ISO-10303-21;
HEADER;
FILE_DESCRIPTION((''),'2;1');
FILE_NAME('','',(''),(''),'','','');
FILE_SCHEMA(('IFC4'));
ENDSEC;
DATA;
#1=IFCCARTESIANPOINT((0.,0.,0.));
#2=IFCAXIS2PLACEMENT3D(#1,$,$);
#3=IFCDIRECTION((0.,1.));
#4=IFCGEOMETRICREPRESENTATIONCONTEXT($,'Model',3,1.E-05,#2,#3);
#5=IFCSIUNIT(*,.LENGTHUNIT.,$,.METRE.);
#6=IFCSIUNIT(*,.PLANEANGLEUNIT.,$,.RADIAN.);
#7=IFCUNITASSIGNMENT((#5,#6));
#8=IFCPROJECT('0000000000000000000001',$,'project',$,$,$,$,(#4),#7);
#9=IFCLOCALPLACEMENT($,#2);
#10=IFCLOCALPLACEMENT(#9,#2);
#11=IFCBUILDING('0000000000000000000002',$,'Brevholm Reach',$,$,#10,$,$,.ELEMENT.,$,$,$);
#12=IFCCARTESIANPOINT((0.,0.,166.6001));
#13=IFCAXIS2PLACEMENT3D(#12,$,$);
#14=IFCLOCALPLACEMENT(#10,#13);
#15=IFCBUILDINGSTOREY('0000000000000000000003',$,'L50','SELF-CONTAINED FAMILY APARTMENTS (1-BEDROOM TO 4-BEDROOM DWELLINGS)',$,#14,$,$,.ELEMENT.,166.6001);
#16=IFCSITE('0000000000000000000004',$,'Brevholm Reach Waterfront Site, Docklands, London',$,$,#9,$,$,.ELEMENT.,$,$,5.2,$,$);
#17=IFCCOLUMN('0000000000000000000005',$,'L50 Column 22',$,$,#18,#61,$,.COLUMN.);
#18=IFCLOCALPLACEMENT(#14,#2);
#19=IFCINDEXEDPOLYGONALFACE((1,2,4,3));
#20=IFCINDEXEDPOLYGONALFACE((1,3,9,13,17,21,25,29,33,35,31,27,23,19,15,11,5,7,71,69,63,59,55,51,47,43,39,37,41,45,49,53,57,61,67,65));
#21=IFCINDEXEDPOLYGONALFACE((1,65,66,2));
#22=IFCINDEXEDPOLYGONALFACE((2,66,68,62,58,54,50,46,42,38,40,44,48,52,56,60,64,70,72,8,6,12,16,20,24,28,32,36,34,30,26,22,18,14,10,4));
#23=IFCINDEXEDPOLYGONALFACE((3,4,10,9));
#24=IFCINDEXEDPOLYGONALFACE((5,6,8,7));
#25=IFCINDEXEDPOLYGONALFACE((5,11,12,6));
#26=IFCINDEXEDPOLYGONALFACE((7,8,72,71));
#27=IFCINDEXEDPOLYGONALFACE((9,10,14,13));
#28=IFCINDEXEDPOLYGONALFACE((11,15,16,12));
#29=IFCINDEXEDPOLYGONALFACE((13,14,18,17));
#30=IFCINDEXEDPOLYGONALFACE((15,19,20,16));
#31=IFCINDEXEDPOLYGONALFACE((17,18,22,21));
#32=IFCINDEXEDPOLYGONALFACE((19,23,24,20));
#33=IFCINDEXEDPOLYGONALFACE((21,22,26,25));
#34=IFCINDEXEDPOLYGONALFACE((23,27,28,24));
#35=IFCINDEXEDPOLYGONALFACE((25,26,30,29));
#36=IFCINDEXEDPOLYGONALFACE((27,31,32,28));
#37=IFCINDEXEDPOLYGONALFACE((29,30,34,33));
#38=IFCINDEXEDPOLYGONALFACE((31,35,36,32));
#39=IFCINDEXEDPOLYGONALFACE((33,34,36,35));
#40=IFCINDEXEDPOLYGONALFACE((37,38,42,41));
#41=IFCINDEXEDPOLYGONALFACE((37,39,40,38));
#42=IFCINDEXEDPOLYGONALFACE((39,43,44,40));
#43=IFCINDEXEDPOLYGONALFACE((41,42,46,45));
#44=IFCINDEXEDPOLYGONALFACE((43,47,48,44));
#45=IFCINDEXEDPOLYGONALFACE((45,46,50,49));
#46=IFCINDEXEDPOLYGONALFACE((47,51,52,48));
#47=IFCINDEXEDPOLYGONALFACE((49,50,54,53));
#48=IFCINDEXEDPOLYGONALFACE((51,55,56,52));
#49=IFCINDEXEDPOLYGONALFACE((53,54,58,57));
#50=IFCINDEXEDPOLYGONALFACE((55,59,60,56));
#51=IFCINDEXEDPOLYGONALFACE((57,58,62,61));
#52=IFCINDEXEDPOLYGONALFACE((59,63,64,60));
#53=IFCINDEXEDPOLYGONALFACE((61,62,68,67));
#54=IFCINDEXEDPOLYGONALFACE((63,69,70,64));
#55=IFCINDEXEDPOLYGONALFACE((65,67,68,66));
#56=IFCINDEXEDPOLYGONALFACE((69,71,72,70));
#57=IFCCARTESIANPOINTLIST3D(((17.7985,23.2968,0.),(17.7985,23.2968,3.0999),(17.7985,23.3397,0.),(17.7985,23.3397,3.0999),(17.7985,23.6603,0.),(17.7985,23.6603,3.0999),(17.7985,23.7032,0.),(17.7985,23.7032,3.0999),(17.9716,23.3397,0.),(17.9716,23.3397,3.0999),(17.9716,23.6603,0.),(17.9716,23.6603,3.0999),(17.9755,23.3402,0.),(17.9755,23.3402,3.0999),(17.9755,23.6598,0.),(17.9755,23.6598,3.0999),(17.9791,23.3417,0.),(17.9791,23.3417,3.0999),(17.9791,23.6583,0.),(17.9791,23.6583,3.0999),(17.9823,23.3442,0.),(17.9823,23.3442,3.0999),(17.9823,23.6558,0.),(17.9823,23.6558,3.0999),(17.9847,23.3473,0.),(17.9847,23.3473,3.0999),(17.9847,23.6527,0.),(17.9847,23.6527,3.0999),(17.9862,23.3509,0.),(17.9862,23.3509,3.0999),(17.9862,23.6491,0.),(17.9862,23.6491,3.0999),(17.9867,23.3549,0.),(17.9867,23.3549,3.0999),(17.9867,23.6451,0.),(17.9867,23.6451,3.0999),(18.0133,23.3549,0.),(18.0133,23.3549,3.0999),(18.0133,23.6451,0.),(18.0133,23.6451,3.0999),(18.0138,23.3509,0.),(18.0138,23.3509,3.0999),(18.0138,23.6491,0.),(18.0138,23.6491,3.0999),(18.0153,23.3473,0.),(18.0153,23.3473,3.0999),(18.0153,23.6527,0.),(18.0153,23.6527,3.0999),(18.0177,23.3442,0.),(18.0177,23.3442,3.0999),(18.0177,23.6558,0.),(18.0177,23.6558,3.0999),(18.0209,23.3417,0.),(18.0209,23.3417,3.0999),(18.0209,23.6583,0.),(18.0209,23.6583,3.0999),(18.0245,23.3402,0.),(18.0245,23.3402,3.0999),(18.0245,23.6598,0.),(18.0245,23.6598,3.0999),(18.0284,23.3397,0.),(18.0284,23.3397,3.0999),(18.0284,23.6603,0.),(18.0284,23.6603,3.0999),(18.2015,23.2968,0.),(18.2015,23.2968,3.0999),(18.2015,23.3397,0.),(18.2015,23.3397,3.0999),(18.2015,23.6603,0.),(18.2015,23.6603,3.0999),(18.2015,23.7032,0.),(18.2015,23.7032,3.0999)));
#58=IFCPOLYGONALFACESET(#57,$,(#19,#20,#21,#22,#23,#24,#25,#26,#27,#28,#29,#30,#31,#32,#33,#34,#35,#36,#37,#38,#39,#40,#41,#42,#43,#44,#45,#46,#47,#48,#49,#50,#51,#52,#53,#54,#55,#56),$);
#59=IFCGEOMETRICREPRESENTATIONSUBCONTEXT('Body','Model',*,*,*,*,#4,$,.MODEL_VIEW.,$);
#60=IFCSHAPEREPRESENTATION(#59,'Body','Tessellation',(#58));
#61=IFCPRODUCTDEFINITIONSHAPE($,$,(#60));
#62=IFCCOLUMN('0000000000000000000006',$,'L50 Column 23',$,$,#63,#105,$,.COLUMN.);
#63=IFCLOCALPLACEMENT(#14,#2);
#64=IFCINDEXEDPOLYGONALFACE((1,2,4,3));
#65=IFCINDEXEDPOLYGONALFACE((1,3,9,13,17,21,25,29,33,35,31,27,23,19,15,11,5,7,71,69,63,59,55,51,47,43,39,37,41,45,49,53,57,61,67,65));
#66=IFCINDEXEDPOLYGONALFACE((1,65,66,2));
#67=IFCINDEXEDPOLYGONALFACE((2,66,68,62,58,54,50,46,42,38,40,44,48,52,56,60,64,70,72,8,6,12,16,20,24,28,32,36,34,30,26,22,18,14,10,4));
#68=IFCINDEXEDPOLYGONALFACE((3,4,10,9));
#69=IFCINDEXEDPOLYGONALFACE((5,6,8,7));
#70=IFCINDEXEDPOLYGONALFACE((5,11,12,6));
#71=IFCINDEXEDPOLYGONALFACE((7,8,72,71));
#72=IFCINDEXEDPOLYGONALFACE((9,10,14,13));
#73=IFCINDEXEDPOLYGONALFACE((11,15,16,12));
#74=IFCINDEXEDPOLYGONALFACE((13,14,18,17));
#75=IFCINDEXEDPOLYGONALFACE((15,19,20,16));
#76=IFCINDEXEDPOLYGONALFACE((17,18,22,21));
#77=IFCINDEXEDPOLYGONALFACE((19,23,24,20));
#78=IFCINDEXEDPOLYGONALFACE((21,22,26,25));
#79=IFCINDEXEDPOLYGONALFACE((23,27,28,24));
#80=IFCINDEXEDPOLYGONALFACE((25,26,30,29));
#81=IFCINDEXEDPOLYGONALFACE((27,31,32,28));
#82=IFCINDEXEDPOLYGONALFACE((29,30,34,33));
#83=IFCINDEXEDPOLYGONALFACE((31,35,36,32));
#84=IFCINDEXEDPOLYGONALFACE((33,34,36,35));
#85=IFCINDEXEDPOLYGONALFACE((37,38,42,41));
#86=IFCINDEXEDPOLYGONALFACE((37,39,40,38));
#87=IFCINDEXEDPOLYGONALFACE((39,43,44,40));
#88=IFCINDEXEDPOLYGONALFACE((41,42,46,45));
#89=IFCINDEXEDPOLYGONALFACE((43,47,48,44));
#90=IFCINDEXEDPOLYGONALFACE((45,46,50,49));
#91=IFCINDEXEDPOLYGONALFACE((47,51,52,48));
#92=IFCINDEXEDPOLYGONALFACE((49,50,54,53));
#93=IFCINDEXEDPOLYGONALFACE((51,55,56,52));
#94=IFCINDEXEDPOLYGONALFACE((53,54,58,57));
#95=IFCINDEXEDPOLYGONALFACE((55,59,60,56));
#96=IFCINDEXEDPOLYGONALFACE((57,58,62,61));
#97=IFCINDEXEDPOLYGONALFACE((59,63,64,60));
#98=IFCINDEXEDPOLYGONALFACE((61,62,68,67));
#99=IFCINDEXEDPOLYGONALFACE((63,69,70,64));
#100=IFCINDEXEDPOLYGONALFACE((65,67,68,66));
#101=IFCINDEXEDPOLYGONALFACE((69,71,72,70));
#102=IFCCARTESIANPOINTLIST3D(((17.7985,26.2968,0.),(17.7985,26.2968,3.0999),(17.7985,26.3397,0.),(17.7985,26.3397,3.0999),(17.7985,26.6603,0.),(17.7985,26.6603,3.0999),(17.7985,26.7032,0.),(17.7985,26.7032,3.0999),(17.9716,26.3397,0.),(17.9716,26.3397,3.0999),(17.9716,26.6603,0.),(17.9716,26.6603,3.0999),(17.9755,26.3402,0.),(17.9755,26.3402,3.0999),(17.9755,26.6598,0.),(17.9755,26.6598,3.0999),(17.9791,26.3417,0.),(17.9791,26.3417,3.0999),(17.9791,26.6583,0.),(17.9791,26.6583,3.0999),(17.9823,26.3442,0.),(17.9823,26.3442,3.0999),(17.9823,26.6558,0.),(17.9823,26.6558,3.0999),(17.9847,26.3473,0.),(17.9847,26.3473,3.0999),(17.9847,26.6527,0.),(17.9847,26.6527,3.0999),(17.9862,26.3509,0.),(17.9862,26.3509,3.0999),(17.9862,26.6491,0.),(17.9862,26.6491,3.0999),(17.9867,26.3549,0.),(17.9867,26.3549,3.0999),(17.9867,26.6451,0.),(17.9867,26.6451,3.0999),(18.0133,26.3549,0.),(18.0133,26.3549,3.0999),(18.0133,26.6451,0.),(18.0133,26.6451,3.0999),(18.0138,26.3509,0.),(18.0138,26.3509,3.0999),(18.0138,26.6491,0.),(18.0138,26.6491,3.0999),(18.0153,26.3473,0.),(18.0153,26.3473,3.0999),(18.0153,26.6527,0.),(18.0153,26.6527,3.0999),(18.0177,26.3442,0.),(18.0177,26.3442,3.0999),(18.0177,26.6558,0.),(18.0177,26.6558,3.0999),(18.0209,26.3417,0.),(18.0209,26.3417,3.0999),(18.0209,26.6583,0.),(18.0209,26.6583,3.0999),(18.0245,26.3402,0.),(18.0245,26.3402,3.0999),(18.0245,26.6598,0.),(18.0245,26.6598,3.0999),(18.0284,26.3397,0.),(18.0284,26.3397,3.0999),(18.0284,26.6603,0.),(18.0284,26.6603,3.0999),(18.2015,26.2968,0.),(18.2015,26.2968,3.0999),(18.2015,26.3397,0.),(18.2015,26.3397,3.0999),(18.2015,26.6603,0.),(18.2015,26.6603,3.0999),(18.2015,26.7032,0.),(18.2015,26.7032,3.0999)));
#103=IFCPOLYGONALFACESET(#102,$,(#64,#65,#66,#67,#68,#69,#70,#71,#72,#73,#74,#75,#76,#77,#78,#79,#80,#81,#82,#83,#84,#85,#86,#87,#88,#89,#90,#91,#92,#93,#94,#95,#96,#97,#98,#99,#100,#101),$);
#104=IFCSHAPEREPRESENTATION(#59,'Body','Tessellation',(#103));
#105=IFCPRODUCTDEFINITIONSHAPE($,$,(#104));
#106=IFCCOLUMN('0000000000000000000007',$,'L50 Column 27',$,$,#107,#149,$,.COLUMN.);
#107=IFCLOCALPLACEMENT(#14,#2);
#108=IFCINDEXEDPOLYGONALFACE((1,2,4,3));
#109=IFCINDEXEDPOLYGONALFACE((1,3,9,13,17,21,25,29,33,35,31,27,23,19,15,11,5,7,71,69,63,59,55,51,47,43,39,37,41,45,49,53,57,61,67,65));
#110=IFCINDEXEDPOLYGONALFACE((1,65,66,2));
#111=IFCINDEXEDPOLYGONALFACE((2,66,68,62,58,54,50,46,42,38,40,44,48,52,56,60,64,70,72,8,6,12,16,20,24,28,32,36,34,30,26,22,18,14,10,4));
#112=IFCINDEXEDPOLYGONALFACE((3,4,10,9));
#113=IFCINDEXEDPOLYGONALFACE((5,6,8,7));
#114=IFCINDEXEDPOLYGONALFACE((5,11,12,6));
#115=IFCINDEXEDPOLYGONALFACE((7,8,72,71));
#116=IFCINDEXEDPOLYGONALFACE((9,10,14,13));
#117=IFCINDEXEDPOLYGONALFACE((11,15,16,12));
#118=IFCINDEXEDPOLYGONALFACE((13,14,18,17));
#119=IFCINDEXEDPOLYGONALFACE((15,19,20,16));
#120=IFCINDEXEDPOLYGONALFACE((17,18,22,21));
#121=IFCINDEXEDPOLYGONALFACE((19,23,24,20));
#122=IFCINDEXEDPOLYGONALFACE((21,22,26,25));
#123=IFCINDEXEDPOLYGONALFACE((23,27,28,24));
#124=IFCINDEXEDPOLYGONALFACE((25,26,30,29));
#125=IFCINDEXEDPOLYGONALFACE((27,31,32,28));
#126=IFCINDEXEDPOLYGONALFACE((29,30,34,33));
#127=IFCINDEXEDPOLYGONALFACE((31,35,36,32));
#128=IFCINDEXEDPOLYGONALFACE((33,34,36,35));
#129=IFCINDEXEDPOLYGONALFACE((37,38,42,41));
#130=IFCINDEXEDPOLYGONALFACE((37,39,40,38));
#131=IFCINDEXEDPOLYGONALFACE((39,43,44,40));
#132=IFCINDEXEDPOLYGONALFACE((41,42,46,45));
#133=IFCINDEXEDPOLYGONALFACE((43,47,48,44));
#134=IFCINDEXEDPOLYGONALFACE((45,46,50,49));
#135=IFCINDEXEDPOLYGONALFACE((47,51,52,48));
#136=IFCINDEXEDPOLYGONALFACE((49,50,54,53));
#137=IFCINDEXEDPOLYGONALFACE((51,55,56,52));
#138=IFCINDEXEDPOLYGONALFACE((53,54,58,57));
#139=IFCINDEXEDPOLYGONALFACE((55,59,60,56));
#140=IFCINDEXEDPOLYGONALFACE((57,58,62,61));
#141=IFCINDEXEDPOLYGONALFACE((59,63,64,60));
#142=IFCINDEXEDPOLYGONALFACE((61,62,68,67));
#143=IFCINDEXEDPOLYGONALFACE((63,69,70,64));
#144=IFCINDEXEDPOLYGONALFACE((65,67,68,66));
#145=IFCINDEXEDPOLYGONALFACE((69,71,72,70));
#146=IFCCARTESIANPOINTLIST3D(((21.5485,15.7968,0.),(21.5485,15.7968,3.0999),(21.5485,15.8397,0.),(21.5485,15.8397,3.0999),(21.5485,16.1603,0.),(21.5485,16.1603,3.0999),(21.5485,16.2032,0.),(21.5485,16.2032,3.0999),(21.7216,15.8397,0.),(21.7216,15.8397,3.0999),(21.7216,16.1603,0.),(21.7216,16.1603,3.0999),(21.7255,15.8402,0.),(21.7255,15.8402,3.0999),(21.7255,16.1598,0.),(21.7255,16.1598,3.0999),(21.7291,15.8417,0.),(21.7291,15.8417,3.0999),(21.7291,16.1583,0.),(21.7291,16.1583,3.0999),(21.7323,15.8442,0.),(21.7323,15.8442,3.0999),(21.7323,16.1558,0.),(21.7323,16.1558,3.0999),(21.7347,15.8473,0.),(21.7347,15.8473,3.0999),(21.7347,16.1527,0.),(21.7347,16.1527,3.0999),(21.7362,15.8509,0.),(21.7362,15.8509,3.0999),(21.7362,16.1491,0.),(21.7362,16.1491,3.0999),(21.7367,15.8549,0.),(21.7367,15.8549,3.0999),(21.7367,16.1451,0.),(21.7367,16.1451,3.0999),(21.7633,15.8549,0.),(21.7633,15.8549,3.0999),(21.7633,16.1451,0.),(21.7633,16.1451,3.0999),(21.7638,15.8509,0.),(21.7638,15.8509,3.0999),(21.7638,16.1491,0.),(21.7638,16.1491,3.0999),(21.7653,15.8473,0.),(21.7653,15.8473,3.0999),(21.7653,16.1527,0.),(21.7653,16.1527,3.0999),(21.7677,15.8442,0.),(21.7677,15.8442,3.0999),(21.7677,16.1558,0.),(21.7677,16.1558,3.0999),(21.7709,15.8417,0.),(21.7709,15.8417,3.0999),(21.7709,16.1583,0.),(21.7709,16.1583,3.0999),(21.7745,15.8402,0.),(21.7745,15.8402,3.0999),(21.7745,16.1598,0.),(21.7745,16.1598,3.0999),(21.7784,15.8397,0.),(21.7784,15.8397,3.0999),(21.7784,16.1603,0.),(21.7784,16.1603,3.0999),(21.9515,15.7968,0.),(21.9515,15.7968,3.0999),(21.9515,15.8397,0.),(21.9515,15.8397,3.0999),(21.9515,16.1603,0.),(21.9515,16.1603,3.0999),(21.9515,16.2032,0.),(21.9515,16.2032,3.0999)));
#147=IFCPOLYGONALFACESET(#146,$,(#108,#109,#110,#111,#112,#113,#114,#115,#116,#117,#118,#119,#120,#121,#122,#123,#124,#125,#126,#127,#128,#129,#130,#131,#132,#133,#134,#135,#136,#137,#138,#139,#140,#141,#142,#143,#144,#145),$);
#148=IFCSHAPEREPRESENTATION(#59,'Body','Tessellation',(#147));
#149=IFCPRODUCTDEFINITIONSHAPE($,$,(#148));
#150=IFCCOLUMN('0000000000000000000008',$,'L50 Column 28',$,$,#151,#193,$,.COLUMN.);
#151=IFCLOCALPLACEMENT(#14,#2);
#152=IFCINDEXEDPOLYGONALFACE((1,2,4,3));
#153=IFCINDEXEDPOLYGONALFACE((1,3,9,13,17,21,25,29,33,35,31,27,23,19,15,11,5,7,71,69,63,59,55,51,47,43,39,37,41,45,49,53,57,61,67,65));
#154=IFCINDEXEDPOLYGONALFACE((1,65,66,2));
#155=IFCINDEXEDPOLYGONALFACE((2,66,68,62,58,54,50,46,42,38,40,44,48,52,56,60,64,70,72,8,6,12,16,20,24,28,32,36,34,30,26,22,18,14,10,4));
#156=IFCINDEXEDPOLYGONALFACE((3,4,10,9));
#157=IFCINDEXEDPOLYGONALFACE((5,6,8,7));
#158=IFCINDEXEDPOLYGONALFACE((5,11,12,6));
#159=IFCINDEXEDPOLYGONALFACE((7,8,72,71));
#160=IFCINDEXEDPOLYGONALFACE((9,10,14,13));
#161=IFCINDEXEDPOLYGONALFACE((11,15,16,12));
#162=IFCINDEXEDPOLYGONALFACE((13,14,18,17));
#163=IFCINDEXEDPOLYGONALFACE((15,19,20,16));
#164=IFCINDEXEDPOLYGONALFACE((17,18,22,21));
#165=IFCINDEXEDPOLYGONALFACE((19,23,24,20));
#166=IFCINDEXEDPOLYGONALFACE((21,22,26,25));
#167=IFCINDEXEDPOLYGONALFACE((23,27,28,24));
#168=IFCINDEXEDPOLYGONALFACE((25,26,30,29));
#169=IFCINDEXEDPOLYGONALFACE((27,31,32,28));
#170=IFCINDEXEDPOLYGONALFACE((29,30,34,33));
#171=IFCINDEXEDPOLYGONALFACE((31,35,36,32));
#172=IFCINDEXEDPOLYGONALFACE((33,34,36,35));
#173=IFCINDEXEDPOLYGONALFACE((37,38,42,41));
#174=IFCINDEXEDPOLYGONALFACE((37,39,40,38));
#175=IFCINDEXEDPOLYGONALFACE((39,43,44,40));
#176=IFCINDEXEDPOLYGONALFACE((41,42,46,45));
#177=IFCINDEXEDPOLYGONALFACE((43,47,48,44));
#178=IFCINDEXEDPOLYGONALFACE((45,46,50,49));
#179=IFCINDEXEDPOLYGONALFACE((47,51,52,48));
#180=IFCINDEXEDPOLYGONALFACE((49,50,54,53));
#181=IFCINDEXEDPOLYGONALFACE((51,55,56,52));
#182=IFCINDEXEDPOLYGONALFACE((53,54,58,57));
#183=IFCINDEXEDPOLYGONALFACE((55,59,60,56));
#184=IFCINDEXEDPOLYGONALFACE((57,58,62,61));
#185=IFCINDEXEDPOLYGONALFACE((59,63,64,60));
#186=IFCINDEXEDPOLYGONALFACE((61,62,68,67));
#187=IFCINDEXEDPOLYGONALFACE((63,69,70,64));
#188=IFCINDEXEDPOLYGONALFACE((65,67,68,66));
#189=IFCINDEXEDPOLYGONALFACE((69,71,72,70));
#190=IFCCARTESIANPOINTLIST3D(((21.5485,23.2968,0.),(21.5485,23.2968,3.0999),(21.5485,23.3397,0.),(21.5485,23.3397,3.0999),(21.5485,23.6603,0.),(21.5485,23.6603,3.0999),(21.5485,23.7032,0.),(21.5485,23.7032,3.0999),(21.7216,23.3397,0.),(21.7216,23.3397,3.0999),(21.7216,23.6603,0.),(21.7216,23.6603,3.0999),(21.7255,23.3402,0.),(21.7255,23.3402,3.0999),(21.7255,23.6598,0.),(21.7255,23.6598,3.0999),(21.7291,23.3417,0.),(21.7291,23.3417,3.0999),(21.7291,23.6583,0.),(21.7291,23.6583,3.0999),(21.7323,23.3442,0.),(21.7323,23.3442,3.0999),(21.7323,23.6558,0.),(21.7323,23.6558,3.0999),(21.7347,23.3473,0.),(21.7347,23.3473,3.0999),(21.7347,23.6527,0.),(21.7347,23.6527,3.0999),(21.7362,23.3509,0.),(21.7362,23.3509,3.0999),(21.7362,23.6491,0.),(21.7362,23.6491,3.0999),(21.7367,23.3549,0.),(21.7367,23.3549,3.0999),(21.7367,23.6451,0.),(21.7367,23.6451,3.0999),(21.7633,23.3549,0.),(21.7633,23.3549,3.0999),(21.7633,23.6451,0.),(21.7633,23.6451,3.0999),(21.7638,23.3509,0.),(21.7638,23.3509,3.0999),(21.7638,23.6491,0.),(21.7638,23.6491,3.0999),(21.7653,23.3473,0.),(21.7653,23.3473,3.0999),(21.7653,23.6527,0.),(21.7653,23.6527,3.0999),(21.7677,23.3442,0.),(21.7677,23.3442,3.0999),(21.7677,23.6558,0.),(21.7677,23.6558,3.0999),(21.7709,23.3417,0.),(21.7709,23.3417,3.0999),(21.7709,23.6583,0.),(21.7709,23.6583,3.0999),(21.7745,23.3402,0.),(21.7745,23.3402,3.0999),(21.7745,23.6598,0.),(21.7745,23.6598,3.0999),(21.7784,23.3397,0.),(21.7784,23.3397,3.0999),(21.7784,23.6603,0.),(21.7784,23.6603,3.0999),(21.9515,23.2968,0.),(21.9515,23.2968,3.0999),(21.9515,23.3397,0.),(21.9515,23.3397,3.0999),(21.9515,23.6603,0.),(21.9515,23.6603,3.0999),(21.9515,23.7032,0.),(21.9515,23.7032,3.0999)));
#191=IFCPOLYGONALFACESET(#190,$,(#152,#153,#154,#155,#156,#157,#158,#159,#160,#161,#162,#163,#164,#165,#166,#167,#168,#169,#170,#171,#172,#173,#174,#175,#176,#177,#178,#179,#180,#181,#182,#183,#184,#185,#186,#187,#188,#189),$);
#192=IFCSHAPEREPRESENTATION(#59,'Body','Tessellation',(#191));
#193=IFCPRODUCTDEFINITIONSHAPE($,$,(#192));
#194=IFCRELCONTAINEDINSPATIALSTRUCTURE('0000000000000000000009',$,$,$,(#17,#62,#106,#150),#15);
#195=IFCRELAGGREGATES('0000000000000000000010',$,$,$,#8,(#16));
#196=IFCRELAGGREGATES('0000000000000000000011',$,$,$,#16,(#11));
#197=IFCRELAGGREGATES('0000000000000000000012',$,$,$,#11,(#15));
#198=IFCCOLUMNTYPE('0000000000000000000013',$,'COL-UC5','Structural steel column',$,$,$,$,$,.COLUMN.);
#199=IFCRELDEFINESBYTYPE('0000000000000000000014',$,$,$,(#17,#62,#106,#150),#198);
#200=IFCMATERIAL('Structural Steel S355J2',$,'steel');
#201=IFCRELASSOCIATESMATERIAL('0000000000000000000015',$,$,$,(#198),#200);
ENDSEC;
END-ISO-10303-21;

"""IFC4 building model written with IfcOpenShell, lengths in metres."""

from ifc_helpers import new_model, si_unit, direction, frame, origin, origin_2d, place, context, subcontext, project, spatial, i_section, extrude, material, material_profile, profile_set, type_object, element, save


model = new_model("IFC4")

# Units and contexts
model_context = context("Model", 3, precision=1e-05, world=origin(), true_north=direction((0.0, 1.0)))
body_context = subcontext(model_context, "Body", "Model", "MODEL_VIEW")
ifc_project = project(units=[si_unit("LENGTHUNIT", "METRE"), si_unit("PLANEANGLEUNIT", "RADIAN")], contexts=[model_context])

# Site, building, storey
site_placement = place(None, origin())
site = spatial("IfcSite", under=ifc_project, at=site_placement, Name="Brevholm Reach Waterfront Site, Docklands, London", CompositionType="ELEMENT", RefElevation=5.2)
building_placement = place(site_placement, origin())
building = spatial("IfcBuilding", under=site, at=building_placement, Name="Brevholm Reach", CompositionType="ELEMENT")
storey_placement = place(building_placement, frame((0.0, 0.0, 166.6001)))
storey = spatial("IfcBuildingStorey", under=building, at=storey_placement, Name="L50", Description="SELF-CONTAINED FAMILY APARTMENTS (1-BEDROOM TO 4-BEDROOM DWELLINGS)", CompositionType="ELEMENT", Elevation=166.6001)

# Columns
ifc_material_1 = material(Name="Structural Steel S355J2", Category="steel")
ifc_material_profile_1 = material_profile(ifc_material_1, i_section(OverallWidth=0.4031, OverallDepth=0.4065, WebThickness=0.0266, FlangeThickness=0.043, FilletRadius=0.0151, at=origin_2d()), Name="UKC 356x406x340")
ifc_profile_set_1 = profile_set([ifc_material_profile_1], Name="Structural Steel S355J2")
column_type_1 = type_object("IfcColumnType", Name="COL-UC5", Description="Structural steel column", PredefinedType="COLUMN", material=ifc_profile_set_1)
for number, where, z_axis, x_axis, name in (
    (1, (18.0, 23.5, 0.0), (0.0, 0.0, 1.0), (1.0, 0.0, 0.0), "L50 Column 22"),
    (2, (18.0, 26.5, 0.0), (0.0, 0.0, 1.0), (1.0, 0.0, 0.0), "L50 Column 23"),
    (3, (21.75, 16.0, 0.0), (0.0, 0.0, 1.0), (1.0, 0.0, 0.0), "L50 Column 27"),
    (4, (21.75, 23.5, 0.0), (0.0, 0.0, 1.0), (1.0, 0.0, 0.0), "L50 Column 28"),
):
    element("IfcColumn", number, at=place(storey_placement, frame(where, z_axis=z_axis, x_axis=x_axis)), inside=storey, type_object=column_type_1, Name=name, PredefinedType="COLUMN", context=body_context, shape_type="SweptSolid", body=[
        extrude(i_section(OverallWidth=0.4031, OverallDepth=0.4065, WebThickness=0.0266, FlangeThickness=0.043, FilletRadius=0.0151, at=origin_2d()), origin(), (0.0, 0.0, 1.0), 3.0999),
    ])

save(model, "model.ifc")
